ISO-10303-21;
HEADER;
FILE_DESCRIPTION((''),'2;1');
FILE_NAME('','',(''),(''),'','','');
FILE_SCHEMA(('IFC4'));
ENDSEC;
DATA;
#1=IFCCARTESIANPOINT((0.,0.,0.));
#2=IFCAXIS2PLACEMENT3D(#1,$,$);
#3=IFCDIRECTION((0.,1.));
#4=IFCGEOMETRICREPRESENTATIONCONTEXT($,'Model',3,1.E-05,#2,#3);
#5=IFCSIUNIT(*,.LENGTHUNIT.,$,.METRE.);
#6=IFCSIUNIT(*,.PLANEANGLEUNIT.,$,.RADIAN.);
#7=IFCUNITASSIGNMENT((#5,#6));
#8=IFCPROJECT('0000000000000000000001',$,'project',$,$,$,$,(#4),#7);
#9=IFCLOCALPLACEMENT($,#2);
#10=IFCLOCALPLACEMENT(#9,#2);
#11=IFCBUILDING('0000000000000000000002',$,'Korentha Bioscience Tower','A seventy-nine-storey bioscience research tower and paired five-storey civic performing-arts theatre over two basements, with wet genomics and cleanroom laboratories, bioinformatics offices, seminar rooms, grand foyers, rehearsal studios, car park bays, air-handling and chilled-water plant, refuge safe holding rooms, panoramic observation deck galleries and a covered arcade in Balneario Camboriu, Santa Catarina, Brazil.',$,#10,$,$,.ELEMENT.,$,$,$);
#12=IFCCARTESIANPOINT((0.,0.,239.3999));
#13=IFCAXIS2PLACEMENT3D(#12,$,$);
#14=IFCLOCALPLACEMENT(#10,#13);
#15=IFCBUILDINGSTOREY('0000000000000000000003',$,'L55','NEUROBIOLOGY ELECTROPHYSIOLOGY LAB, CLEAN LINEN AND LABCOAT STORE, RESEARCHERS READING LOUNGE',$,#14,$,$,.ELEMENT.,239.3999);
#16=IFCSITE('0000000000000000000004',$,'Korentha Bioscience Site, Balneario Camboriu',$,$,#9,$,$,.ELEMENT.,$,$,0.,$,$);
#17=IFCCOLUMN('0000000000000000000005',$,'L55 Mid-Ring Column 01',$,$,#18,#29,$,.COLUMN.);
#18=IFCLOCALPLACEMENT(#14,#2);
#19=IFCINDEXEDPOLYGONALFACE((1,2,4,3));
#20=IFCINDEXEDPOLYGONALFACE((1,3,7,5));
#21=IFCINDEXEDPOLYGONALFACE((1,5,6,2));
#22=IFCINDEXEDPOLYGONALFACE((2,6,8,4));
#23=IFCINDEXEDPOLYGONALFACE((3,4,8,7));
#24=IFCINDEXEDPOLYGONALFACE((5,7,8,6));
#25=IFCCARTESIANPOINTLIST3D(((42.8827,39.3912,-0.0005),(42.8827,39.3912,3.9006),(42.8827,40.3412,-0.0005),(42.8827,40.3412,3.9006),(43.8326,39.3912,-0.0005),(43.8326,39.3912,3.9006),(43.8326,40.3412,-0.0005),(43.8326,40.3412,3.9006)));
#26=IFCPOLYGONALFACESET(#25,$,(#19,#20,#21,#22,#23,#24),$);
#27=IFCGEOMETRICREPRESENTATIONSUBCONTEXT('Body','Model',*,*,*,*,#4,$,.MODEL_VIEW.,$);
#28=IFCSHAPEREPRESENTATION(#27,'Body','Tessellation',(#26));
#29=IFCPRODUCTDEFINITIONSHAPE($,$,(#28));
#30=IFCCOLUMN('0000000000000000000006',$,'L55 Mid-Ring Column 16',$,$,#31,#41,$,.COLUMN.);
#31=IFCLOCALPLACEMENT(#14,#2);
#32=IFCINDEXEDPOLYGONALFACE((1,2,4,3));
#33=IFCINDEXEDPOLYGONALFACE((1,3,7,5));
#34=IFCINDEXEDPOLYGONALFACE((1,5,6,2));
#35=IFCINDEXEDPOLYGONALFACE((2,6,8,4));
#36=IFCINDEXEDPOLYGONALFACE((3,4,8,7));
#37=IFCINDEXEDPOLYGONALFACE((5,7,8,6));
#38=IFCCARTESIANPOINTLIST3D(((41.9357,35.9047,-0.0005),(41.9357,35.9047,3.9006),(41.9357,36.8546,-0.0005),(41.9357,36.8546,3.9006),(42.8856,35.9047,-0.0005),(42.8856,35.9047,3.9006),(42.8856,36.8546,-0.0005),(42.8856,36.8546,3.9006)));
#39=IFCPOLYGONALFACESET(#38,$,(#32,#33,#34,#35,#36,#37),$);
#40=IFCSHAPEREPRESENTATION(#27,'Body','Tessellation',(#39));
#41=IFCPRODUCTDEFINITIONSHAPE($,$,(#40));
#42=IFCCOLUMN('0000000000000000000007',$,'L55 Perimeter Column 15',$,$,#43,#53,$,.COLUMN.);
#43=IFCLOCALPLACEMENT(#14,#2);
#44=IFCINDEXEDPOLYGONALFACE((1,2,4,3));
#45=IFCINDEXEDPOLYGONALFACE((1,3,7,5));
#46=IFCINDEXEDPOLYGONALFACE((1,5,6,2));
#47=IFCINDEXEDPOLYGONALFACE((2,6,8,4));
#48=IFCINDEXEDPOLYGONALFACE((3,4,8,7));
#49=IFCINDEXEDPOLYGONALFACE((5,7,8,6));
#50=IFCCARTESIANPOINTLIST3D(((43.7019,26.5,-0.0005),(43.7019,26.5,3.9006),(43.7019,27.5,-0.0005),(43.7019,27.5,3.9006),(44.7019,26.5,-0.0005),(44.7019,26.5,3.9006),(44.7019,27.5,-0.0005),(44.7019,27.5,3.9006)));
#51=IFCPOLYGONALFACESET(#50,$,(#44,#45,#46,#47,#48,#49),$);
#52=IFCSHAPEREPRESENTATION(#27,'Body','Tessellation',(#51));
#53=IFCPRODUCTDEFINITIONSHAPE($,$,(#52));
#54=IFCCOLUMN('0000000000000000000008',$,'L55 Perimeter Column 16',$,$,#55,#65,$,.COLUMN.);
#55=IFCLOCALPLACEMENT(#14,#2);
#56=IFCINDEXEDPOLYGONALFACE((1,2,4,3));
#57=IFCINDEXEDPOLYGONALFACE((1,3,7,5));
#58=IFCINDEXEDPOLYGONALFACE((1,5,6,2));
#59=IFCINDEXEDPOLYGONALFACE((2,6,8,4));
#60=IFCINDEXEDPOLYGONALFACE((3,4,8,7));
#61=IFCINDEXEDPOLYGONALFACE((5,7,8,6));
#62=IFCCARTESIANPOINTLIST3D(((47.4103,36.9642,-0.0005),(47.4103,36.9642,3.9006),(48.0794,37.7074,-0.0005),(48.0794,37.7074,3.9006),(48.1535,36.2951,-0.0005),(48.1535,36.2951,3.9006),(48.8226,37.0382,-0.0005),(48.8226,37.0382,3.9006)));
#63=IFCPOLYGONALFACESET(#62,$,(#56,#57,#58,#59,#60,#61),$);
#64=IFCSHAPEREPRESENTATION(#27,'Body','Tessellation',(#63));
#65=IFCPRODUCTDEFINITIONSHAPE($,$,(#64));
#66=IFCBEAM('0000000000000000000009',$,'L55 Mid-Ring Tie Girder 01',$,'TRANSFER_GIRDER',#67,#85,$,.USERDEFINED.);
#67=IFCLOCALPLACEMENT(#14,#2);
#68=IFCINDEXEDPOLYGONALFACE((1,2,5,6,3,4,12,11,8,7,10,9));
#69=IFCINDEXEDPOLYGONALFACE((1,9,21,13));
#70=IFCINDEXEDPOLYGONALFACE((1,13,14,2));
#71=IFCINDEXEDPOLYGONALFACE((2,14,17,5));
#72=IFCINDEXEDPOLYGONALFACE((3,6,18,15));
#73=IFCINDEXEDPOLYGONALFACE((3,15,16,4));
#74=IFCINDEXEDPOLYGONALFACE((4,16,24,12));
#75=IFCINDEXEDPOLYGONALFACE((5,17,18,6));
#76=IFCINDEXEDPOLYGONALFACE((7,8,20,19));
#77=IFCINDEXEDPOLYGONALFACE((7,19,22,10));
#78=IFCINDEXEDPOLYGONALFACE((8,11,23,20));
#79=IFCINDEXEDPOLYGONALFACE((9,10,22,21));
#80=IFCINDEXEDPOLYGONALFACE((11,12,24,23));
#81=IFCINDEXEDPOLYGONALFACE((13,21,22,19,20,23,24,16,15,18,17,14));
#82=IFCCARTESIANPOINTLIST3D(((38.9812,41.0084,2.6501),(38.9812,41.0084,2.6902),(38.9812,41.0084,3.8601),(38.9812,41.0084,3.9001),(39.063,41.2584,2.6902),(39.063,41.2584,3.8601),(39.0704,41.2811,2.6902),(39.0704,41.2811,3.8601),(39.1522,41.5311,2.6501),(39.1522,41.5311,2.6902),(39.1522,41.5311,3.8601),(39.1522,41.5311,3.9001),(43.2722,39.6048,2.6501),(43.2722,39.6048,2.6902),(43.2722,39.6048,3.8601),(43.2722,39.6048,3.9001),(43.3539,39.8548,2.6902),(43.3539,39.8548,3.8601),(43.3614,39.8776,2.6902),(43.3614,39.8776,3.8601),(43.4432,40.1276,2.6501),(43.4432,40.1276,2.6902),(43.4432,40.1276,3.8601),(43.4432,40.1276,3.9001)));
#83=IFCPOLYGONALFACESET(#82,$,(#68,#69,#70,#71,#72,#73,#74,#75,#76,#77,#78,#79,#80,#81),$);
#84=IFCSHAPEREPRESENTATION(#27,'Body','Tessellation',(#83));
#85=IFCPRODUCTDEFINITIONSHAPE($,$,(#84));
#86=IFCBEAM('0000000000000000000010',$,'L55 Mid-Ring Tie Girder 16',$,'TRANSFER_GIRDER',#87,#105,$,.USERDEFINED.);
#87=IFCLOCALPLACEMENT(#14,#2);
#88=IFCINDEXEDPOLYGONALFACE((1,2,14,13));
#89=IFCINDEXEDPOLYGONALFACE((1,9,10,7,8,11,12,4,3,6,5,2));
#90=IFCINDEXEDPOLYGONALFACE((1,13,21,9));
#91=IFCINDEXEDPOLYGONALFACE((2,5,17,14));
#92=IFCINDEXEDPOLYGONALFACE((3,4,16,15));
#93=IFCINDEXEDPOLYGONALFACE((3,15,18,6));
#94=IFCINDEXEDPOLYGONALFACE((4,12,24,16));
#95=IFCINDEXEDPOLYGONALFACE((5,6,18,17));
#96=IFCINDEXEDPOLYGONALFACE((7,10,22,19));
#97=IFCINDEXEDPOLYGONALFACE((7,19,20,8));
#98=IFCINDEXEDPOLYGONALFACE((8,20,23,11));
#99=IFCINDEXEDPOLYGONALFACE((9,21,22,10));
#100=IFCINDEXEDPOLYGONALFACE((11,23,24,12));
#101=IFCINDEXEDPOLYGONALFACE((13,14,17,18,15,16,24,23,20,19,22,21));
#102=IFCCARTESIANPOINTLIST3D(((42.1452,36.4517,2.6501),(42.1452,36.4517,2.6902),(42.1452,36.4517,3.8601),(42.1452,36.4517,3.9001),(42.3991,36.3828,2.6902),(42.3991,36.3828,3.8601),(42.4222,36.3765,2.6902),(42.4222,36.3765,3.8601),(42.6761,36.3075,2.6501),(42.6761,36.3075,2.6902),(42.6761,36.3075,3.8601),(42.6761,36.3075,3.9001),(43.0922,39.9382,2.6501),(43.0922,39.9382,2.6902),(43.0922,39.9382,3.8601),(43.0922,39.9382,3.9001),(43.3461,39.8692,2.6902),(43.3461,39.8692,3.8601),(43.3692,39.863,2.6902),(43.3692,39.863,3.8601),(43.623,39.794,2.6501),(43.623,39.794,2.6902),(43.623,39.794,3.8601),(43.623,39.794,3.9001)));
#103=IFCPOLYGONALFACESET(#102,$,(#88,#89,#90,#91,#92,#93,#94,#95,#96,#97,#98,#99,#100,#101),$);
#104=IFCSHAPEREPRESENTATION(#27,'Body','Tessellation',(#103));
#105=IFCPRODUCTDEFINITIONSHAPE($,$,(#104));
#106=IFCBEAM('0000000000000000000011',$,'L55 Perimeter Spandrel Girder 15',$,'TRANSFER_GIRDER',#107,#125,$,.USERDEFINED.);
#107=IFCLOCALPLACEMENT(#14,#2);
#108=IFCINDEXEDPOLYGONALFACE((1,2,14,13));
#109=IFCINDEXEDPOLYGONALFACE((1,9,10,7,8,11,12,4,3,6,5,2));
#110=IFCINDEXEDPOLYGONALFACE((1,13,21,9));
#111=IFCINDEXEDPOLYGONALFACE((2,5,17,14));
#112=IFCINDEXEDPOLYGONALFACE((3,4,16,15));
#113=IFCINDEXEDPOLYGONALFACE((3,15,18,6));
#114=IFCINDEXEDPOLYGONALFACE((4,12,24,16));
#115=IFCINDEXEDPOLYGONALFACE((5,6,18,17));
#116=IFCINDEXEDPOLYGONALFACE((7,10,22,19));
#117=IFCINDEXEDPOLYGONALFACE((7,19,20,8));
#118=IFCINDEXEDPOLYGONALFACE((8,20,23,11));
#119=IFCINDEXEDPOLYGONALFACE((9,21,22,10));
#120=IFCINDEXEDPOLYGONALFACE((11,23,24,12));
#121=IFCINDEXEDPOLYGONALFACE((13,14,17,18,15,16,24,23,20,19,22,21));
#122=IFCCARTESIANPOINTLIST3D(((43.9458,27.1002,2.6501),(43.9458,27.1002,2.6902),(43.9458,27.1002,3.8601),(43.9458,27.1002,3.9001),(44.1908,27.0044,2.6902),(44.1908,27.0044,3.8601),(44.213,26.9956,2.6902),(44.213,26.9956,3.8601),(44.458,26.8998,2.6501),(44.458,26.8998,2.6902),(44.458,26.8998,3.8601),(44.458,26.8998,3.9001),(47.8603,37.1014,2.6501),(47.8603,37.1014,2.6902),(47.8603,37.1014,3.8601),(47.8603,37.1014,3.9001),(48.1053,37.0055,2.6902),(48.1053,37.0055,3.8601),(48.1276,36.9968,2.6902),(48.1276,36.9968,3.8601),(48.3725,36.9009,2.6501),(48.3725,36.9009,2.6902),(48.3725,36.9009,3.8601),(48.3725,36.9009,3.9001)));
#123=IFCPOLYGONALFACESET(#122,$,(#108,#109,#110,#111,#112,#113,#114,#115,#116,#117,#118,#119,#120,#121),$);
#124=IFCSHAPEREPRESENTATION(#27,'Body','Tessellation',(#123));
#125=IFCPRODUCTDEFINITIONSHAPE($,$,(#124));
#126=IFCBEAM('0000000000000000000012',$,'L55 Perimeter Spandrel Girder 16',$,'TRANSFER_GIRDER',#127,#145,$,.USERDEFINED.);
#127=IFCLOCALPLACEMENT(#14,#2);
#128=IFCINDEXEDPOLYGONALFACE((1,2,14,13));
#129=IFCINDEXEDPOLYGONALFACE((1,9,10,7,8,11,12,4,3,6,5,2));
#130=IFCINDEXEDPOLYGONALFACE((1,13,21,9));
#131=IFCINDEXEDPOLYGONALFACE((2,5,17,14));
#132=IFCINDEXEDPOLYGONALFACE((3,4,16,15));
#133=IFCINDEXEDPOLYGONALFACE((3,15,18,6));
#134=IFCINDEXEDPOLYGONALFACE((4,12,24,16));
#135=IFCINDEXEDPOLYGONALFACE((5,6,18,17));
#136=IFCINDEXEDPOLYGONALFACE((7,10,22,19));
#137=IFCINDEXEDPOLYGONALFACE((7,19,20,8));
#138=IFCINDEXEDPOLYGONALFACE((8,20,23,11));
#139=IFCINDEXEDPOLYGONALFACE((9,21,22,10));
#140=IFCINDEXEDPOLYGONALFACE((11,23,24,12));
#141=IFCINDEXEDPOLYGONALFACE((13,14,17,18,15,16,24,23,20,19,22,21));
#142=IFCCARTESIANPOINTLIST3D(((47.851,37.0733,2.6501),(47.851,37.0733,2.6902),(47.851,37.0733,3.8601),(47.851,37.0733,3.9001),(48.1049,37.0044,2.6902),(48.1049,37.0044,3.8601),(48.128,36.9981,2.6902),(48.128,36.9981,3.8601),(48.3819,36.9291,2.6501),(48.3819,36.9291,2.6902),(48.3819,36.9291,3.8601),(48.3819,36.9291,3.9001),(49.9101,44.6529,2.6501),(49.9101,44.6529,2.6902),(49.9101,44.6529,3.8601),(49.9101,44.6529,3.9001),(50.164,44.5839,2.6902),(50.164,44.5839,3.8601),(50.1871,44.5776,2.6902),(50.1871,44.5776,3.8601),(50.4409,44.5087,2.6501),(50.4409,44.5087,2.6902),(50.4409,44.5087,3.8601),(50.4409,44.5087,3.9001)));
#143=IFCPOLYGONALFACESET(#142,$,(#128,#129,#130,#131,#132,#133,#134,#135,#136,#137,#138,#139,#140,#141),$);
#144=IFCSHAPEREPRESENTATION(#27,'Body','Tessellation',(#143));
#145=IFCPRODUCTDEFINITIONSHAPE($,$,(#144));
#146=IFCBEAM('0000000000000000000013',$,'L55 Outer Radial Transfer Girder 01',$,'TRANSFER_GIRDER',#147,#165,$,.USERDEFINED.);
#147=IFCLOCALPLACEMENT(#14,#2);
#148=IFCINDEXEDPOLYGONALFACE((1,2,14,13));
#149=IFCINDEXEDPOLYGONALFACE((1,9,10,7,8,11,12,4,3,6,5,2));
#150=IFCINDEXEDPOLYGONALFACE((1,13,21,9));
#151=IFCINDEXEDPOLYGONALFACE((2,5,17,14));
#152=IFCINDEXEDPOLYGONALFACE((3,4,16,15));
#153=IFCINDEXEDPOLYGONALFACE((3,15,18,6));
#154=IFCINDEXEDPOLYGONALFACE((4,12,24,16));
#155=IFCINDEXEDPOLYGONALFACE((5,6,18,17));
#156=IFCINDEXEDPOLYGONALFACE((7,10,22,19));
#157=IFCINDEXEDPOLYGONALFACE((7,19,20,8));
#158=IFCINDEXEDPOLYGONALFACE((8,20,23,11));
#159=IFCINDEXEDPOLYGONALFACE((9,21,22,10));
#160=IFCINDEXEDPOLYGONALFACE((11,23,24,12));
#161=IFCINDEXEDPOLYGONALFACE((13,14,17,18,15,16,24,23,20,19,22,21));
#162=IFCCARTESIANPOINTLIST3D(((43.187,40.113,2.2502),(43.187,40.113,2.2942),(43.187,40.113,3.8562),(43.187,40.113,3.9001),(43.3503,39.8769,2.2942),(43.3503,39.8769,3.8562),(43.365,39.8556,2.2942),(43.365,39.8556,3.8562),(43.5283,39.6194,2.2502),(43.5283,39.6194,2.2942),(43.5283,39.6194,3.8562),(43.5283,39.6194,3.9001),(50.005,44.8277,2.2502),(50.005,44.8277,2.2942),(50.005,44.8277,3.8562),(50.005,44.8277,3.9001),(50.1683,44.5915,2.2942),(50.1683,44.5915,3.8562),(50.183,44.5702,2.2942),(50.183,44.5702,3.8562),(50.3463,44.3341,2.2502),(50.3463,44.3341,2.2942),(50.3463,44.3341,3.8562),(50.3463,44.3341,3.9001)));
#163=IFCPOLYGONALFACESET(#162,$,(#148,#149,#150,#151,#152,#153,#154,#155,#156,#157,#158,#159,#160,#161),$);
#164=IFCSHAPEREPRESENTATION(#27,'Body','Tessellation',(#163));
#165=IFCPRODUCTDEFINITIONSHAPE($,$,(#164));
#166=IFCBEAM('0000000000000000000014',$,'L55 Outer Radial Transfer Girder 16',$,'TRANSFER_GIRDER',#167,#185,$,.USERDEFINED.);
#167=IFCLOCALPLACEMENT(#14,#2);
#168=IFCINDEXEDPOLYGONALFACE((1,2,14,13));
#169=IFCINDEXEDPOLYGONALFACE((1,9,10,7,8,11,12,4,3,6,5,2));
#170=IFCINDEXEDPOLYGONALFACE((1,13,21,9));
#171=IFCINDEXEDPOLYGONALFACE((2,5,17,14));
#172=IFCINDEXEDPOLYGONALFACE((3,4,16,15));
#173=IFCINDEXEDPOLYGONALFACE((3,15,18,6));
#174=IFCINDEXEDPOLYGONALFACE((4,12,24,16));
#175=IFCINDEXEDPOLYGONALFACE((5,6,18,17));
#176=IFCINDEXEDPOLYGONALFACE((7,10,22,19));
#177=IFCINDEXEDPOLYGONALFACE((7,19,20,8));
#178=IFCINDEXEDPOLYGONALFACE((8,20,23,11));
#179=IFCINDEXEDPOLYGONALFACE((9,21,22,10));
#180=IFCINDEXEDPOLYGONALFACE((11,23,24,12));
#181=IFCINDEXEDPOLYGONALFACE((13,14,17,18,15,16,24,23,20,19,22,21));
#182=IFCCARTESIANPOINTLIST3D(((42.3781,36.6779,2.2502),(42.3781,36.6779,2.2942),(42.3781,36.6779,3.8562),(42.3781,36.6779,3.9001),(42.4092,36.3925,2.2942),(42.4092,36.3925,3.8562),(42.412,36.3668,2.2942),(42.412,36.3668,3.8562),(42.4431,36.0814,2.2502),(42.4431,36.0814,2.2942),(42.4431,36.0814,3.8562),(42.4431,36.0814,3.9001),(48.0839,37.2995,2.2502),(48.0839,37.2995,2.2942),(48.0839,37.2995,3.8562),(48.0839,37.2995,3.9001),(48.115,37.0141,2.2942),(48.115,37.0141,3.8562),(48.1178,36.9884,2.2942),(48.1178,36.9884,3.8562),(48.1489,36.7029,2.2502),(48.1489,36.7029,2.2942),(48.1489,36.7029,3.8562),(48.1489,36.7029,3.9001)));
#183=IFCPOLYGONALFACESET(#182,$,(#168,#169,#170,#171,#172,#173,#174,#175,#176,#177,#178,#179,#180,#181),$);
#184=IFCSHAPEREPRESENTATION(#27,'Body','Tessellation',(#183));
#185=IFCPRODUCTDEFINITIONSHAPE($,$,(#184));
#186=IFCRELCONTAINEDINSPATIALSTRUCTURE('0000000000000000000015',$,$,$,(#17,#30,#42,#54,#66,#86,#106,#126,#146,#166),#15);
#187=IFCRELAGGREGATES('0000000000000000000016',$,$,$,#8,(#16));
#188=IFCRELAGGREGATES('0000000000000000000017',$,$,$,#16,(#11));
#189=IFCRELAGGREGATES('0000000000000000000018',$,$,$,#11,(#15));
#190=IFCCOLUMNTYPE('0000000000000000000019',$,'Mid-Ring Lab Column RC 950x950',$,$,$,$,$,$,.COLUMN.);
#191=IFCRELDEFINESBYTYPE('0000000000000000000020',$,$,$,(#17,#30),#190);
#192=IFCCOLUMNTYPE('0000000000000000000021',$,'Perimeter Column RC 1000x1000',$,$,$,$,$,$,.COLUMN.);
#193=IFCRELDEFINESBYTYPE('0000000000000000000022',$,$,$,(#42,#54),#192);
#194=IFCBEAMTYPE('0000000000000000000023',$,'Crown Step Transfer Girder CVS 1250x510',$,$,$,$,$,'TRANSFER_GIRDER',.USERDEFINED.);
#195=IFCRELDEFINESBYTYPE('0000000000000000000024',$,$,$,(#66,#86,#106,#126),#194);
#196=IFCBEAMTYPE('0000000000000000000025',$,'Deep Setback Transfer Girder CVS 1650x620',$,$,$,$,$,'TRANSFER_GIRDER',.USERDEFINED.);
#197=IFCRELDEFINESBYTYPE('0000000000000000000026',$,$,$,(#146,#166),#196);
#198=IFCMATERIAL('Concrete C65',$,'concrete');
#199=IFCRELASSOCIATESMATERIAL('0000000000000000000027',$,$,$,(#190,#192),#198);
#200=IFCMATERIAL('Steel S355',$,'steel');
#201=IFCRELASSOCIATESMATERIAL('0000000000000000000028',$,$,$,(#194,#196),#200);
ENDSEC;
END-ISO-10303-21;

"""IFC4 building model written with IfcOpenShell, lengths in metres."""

from ifc_helpers import new_model, si_unit, direction, frame, origin, origin_2d, place, context, subcontext, project, spatial, rectangle, i_section, extrude, material, material_profile, profile_set, type_object, element, save


model = new_model("IFC4")

# Units and contexts
model_context = context("Model", 3, precision=1e-05, world=origin(), true_north=direction((0.0, 1.0)))
body_context = subcontext(model_context, "Body", "Model", "MODEL_VIEW")
ifc_project = project(units=[si_unit("LENGTHUNIT", "METRE"), si_unit("PLANEANGLEUNIT", "RADIAN")], contexts=[model_context])

# Site, building, storey
site_placement = place(None, origin())
site = spatial("IfcSite", under=ifc_project, at=site_placement, Name="Korentha Bioscience Site, Balneario Camboriu", CompositionType="ELEMENT", RefElevation=0.0)
building_placement = place(site_placement, origin())
building = spatial("IfcBuilding", under=site, at=building_placement, Name="Korentha Bioscience Tower", Description="A seventy-nine-storey bioscience research tower and paired five-storey civic performing-arts theatre over two basements, with wet genomics and cleanroom laboratories, bioinformatics offices, seminar rooms, grand foyers, rehearsal studios, car park bays, air-handling and chilled-water plant, refuge safe holding rooms, panoramic observation deck galleries and a covered arcade in Balneario Camboriu, Santa Catarina, Brazil.", CompositionType="ELEMENT")
storey_placement = place(building_placement, frame((0.0, 0.0, 239.3999)))
storey = spatial("IfcBuildingStorey", under=building, at=storey_placement, Name="L55", Description="NEUROBIOLOGY ELECTROPHYSIOLOGY LAB, CLEAN LINEN AND LABCOAT STORE, RESEARCHERS READING LOUNGE", CompositionType="ELEMENT", Elevation=239.3999)

# Columns
ifc_material_1 = material(Name="Concrete C65", Category="concrete")
ifc_material_profile_1 = material_profile(ifc_material_1, rectangle(XDim=0.95, YDim=0.95, at=origin_2d()), Name="Concrete C65")
ifc_profile_set_1 = profile_set([ifc_material_profile_1], Name="Concrete C65 (COL-MR09)")
column_type_1 = type_object("IfcColumnType", Name="Mid-Ring Lab Column RC 950x950", PredefinedType="COLUMN", material=ifc_profile_set_1)
for number, where, z_axis, x_axis, name in (
    (1, (43.3577, 39.8662, -0.0005), (0.0, 0.0, 1.0), (1.0, 0.0, 0.0), "L55 Mid-Ring Column 01"),
    (2, (42.4106, 36.3796, -0.0005), (0.0, 0.0, 1.0), (1.0, 0.0, 0.0), "L55 Mid-Ring Column 16"),
):
    element("IfcColumn", number, at=place(storey_placement, frame(where, z_axis=z_axis, x_axis=x_axis)), inside=storey, type_object=column_type_1, Name=name, PredefinedType="COLUMN", context=body_context, shape_type="SweptSolid", body=[
        extrude(rectangle(XDim=0.95, YDim=0.95, at=origin_2d()), origin(), (0.0, 0.0, 1.0), 3.9011),
    ])
ifc_material_profile_2 = material_profile(ifc_material_1, rectangle(XDim=1.0, YDim=1.0, at=origin_2d()), Name="Concrete C65")
ifc_profile_set_2 = profile_set([ifc_material_profile_2], Name="Concrete C65 (COL-P10)")
column_type_2 = type_object("IfcColumnType", Name="Perimeter Column RC 1000x1000", PredefinedType="COLUMN", material=ifc_profile_set_2)
for number, where, z_axis, x_axis, name in (
    (3, (44.2019, 27.0, -0.0005), (0.0, 0.0, 1.0), (0.0, 1.0, 0.0), "L55 Perimeter Column 15"),
    (4, (48.1165, 37.0012, -0.0005), (0.0, 0.0, 1.0), (0.669131, 0.743145, 0.0), "L55 Perimeter Column 16"),
):
    element("IfcColumn", number, at=place(storey_placement, frame(where, z_axis=z_axis, x_axis=x_axis)), inside=storey, type_object=column_type_2, Name=name, PredefinedType="COLUMN", context=body_context, shape_type="SweptSolid", body=[
        extrude(rectangle(XDim=1.0, YDim=1.0, at=origin_2d()), origin(), (0.0, 0.0, 1.0), 3.9011),
    ])

# Beams
ifc_material_2 = material(Name="Steel S355", Category="steel")
ifc_material_profile_3 = material_profile(ifc_material_2, i_section(OverallWidth=0.55, OverallDepth=1.25, WebThickness=0.0239, FlangeThickness=0.04, at=origin_2d()), Name="Steel S355")
ifc_profile_set_3 = profile_set([ifc_material_profile_3], Name="Steel S355 (TG-03)")
beam_type_1 = type_object("IfcBeamType", Name="Crown Step Transfer Girder CVS 1250x510", ElementType="TRANSFER_GIRDER", PredefinedType="USERDEFINED", material=ifc_profile_set_3)
beam_1_placement = place(storey_placement, frame((43.3577, 39.8662, 3.2751), z_axis=(-0.950447, 0.310885, 0.0), x_axis=(-0.310885, -0.950447, 0.0)))
element("IfcBeam", 5, at=beam_1_placement, inside=storey, type_object=beam_type_1, Name="L55 Mid-Ring Tie Girder 01", ObjectType="TRANSFER_GIRDER", PredefinedType="USERDEFINED", context=body_context, shape_type="SweptSolid", body=[
    extrude(i_section(OverallWidth=0.55, OverallDepth=1.25, WebThickness=0.0239, FlangeThickness=0.04, at=origin_2d()), origin(), (0.0, 0.0, 1.0), 4.5146),
])
beam_2_placement = place(storey_placement, frame((42.4106, 36.3796, 3.2751), z_axis=(0.262122, 0.965035, 0.0), x_axis=(-0.965035, 0.262122, 0.0)))
element("IfcBeam", 6, at=beam_2_placement, inside=storey, type_object=beam_type_1, Name="L55 Mid-Ring Tie Girder 16", ObjectType="TRANSFER_GIRDER", PredefinedType="USERDEFINED", context=body_context, shape_type="SweptSolid", body=[
    extrude(i_section(OverallWidth=0.55, OverallDepth=1.25, WebThickness=0.0239, FlangeThickness=0.04, at=origin_2d()), origin(), (0.0, 0.0, 1.0), 3.6128),
])
beam_3_placement = place(storey_placement, frame((44.2019, 27.0, 3.2751), z_axis=(0.364482, 0.93121, 0.0), x_axis=(-0.93121, 0.364482, 0.0)))
element("IfcBeam", 7, at=beam_3_placement, inside=storey, type_object=beam_type_1, Name="L55 Perimeter Spandrel Girder 15", ObjectType="TRANSFER_GIRDER", PredefinedType="USERDEFINED", context=body_context, shape_type="SweptSolid", body=[
    extrude(i_section(OverallWidth=0.55, OverallDepth=1.25, WebThickness=0.0239, FlangeThickness=0.04, at=origin_2d()), origin(), (0.0, 0.0, 1.0), 10.74),
])
beam_4_placement = place(storey_placement, frame((48.1165, 37.0012, 3.2751), z_axis=(0.26216, 0.965024, 0.0), x_axis=(-0.965024, 0.26216, 0.0)))
element("IfcBeam", 8, at=beam_4_placement, inside=storey, type_object=beam_type_1, Name="L55 Perimeter Spandrel Girder 16", ObjectType="TRANSFER_GIRDER", PredefinedType="USERDEFINED", context=body_context, shape_type="SweptSolid", body=[
    extrude(i_section(OverallWidth=0.55, OverallDepth=1.25, WebThickness=0.0239, FlangeThickness=0.04, at=origin_2d()), origin(), (0.0, 0.0, 1.0), 7.8542),
])
ifc_material_profile_4 = material_profile(ifc_material_2, i_section(OverallWidth=0.6001, OverallDepth=1.6499, WebThickness=0.0259, FlangeThickness=0.0439, at=origin_2d()), Name="Steel S355")
ifc_profile_set_4 = profile_set([ifc_material_profile_4], Name="Steel S355 (TG-04)")
beam_type_2 = type_object("IfcBeamType", Name="Deep Setback Transfer Girder CVS 1650x620", ElementType="TRANSFER_GIRDER", PredefinedType="USERDEFINED", material=ifc_profile_set_4)
beam_5_placement = place(storey_placement, frame((43.3577, 39.8662, 3.0752), z_axis=(0.822501, 0.568764, 0.0), x_axis=(-0.568764, 0.822501, 0.0)))
element("IfcBeam", 9, at=beam_5_placement, inside=storey, type_object=beam_type_2, Name="L55 Outer Radial Transfer Girder 01", ObjectType="TRANSFER_GIRDER", PredefinedType="USERDEFINED", context=body_context, shape_type="SweptSolid", body=[
    extrude(i_section(OverallWidth=0.6001, OverallDepth=1.6499, WebThickness=0.0259, FlangeThickness=0.0439, at=origin_2d()), origin(), (0.0, 0.0, 1.0), 8.2893),
])
beam_6_placement = place(storey_placement, frame((42.4106, 36.3796, 3.0752), z_axis=(0.994119, 0.108298, 0.0), x_axis=(-0.108298, 0.994119, 0.0)))
element("IfcBeam", 10, at=beam_6_placement, inside=storey, type_object=beam_type_2, Name="L55 Outer Radial Transfer Girder 16", ObjectType="TRANSFER_GIRDER", PredefinedType="USERDEFINED", context=body_context, shape_type="SweptSolid", body=[
    extrude(i_section(OverallWidth=0.6001, OverallDepth=1.6499, WebThickness=0.0259, FlangeThickness=0.0439, at=origin_2d()), origin(), (0.0, 0.0, 1.0), 5.7395),
])

save(model, "model.ifc")
